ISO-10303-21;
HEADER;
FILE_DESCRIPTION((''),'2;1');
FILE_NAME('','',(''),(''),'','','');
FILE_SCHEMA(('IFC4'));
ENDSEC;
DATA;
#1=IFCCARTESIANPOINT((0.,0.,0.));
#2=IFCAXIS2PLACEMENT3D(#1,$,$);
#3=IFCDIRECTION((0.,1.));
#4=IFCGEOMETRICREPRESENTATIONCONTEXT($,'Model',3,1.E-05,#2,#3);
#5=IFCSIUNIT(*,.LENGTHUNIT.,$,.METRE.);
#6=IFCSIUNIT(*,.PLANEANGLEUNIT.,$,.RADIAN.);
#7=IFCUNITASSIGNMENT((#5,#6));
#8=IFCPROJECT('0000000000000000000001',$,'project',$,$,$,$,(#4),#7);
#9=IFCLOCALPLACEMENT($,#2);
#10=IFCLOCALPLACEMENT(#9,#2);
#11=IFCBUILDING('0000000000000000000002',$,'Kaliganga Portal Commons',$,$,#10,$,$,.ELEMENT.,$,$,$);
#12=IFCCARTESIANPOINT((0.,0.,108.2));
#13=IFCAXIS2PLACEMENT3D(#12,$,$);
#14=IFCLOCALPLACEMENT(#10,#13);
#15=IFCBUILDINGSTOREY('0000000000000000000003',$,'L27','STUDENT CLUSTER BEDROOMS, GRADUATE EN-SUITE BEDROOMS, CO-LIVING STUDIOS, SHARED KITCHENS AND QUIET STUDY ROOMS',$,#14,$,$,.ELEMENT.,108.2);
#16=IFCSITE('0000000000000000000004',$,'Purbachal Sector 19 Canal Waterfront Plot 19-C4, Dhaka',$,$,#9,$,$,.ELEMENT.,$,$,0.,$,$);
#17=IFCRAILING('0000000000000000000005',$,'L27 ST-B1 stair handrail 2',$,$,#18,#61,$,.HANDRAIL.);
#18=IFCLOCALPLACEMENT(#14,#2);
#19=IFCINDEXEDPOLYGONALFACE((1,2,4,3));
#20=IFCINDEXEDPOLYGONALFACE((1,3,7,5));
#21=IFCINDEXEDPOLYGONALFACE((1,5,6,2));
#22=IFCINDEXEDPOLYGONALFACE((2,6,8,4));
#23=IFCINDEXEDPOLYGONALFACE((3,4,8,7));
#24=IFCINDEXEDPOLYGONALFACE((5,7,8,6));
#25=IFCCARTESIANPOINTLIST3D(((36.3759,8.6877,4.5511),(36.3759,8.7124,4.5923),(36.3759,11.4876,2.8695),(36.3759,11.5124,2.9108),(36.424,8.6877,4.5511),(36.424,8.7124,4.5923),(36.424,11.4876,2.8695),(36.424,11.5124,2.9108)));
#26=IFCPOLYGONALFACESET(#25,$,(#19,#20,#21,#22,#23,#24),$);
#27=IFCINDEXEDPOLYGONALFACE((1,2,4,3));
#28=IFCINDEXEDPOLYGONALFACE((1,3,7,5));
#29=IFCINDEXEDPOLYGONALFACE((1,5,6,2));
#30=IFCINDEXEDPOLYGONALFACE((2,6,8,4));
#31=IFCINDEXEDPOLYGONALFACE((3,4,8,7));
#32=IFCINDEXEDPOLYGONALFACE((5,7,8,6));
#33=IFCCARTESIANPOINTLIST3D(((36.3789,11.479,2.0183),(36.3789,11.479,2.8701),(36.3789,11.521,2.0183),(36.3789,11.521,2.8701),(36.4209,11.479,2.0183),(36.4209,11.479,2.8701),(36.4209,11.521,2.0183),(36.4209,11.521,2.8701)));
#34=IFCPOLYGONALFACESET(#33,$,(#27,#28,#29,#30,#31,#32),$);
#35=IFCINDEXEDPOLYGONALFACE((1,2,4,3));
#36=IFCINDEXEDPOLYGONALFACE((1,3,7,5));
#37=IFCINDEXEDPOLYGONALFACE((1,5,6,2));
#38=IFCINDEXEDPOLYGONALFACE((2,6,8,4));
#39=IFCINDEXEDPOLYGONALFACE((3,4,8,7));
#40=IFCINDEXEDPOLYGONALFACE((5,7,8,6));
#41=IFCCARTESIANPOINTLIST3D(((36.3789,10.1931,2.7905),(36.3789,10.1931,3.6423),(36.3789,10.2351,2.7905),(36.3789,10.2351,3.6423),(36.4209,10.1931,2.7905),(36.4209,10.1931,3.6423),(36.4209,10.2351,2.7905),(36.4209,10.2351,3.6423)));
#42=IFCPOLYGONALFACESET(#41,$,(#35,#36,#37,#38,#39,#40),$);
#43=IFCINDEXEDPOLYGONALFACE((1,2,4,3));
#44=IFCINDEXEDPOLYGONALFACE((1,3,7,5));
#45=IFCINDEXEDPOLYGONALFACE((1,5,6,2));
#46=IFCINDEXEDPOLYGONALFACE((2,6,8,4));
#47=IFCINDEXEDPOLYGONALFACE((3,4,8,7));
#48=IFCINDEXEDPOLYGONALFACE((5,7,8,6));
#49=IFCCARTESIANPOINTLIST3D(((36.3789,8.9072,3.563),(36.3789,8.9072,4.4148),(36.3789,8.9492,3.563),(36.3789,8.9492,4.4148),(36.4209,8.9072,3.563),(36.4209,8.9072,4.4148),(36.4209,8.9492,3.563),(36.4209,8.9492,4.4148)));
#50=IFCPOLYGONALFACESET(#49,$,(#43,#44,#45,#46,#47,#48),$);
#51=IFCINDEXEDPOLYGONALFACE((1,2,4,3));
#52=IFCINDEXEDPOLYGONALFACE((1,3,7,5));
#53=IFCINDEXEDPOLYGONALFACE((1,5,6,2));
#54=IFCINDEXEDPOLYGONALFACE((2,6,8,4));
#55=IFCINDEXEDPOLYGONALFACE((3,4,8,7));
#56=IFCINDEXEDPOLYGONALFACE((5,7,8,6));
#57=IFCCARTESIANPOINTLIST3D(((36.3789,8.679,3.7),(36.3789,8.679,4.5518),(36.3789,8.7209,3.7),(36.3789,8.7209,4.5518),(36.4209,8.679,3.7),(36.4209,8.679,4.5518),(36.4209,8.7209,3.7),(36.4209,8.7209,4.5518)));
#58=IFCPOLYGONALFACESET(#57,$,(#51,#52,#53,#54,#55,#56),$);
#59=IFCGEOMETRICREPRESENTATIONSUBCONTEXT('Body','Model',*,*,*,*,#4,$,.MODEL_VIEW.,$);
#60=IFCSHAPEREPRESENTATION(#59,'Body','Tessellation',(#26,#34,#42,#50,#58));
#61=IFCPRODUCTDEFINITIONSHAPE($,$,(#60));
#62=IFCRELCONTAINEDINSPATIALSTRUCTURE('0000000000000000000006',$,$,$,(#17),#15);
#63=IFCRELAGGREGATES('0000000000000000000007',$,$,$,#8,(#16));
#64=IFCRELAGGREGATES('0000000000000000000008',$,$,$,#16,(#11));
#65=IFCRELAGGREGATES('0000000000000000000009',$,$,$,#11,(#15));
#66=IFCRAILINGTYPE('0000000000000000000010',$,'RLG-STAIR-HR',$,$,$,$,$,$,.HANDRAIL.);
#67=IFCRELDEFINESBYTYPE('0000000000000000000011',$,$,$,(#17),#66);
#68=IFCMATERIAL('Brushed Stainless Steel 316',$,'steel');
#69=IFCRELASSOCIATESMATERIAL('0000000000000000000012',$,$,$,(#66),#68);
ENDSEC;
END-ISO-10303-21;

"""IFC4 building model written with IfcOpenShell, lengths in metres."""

from ifc_helpers import new_model, si_unit, direction, frame, origin, origin_2d, place, context, subcontext, project, spatial, rectangle, extrude, material, type_object, element, save


model = new_model("IFC4")

# Units and contexts
model_context = context("Model", 3, precision=1e-05, world=origin(), true_north=direction((0.0, 1.0)))
body_context = subcontext(model_context, "Body", "Model", "MODEL_VIEW")
ifc_project = project(units=[si_unit("LENGTHUNIT", "METRE"), si_unit("PLANEANGLEUNIT", "RADIAN")], contexts=[model_context])

# Site, building, storey
site_placement = place(None, origin())
site = spatial("IfcSite", under=ifc_project, at=site_placement, Name="Purbachal Sector 19 Canal Waterfront Plot 19-C4, Dhaka", CompositionType="ELEMENT", RefElevation=0.0)
building_placement = place(site_placement, origin())
building = spatial("IfcBuilding", under=site, at=building_placement, Name="Kaliganga Portal Commons", CompositionType="ELEMENT")
storey_placement = place(building_placement, frame((0.0, 0.0, 108.2)))
storey = spatial("IfcBuildingStorey", under=building, at=storey_placement, Name="L27", Description="STUDENT CLUSTER BEDROOMS, GRADUATE EN-SUITE BEDROOMS, CO-LIVING STUDIOS, SHARED KITCHENS AND QUIET STUDY ROOMS", CompositionType="ELEMENT", Elevation=108.2)

# Railing
ifc_material_1 = material(Name="Brushed Stainless Steel 316", Category="steel")
railing_type_1 = type_object("IfcRailingType", Name="RLG-STAIR-HR", PredefinedType="HANDRAIL", material=ifc_material_1)
railing_1_placement = place(storey_placement, frame((36.3999, 11.5, 2.0183)))
element("IfcRailing", 1, at=railing_1_placement, inside=storey, type_object=railing_type_1, Name="L27 ST-B1 stair handrail 2", PredefinedType="HANDRAIL", context=body_context, shape_type="SweptSolid", body=[
    extrude(rectangle(XDim=0.0481, YDim=0.0481, at=origin_2d()), frame((0.0, 0.0, 0.8718), z_axis=(0.0, -0.857275, 0.514858), x_axis=(1.0, 0.0, 0.0)), (0.0, 0.0, 1.0), 3.2661),
    extrude(rectangle(XDim=0.042, YDim=0.042, at=origin_2d()), origin(), (0.0, 0.0, 1.0), 0.8518),
    extrude(rectangle(XDim=0.042, YDim=0.042, at=origin_2d()), frame((0.0, -1.2859, 0.7722)), (0.0, 0.0, 1.0), 0.8518),
    extrude(rectangle(XDim=0.042, YDim=0.042, at=origin_2d()), frame((0.0, -2.5718, 1.5447)), (0.0, 0.0, 1.0), 0.8518),
    extrude(rectangle(XDim=0.042, YDim=0.042, at=origin_2d()), frame((0.0, -2.8, 1.6816)), (0.0, 0.0, 1.0), 0.8518),
])

save(model, "model.ifc")
